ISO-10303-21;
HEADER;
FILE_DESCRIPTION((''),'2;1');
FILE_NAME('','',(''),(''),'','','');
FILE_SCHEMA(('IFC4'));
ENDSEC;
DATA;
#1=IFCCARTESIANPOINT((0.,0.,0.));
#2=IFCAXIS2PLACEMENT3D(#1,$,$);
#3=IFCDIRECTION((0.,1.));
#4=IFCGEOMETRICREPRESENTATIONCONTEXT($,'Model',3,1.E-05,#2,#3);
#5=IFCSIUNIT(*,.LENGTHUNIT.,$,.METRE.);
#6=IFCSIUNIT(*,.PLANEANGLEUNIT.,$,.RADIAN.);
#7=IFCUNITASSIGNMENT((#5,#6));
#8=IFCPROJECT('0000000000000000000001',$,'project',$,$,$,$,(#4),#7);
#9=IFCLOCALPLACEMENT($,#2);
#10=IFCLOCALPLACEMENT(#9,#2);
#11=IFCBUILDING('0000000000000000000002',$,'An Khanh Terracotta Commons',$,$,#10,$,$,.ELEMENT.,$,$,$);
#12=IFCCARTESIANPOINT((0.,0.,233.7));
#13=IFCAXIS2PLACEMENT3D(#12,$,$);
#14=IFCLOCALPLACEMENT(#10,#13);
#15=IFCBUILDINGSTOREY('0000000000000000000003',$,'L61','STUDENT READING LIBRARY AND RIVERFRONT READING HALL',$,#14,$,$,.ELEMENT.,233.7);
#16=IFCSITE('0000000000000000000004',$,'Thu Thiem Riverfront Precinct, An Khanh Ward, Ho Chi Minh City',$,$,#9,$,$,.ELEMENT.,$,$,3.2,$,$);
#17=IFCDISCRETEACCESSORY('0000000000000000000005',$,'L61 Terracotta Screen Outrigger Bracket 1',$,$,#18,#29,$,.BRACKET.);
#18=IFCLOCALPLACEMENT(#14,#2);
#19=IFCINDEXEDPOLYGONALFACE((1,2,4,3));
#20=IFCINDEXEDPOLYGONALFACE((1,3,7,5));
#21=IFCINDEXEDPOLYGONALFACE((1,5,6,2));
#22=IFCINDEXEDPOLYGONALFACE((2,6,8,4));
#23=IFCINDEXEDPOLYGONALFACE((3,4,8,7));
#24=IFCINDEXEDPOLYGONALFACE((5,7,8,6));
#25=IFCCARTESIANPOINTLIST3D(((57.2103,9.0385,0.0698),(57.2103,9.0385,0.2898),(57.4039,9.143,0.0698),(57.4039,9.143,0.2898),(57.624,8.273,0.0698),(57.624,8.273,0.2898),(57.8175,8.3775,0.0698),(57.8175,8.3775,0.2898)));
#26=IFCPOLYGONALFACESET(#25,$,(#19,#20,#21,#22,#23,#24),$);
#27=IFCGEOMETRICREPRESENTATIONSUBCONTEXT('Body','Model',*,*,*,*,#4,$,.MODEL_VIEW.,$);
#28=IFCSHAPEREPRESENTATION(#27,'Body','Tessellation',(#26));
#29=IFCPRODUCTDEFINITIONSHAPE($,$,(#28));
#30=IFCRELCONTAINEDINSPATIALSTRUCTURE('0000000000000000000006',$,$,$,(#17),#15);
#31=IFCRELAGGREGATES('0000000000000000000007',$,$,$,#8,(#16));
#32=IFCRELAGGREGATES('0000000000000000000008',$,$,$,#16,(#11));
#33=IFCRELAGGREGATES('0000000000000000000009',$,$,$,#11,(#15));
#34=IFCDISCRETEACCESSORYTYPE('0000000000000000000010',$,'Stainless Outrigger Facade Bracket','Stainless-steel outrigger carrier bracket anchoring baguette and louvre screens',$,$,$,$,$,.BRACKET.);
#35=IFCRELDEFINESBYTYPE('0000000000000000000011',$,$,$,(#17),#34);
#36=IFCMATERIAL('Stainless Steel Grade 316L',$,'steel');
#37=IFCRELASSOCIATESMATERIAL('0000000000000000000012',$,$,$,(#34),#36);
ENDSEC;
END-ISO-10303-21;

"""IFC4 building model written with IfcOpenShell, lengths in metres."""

from ifc_helpers import new_model, si_unit, direction, frame, origin, origin_2d, place, context, subcontext, project, spatial, rectangle, extrude, material, type_object, element, save


model = new_model("IFC4")

# Units and contexts
model_context = context("Model", 3, precision=1e-05, world=origin(), true_north=direction((0.0, 1.0)))
body_context = subcontext(model_context, "Body", "Model", "MODEL_VIEW")
ifc_project = project(units=[si_unit("LENGTHUNIT", "METRE"), si_unit("PLANEANGLEUNIT", "RADIAN")], contexts=[model_context])

# Site, building, storey
site_placement = place(None, origin())
site = spatial("IfcSite", under=ifc_project, at=site_placement, Name="Thu Thiem Riverfront Precinct, An Khanh Ward, Ho Chi Minh City", CompositionType="ELEMENT", RefElevation=3.2)
building_placement = place(site_placement, origin())
building = spatial("IfcBuilding", under=site, at=building_placement, Name="An Khanh Terracotta Commons", CompositionType="ELEMENT")
storey_placement = place(building_placement, frame((0.0, 0.0, 233.7)))
storey = spatial("IfcBuildingStorey", under=building, at=storey_placement, Name="L61", Description="STUDENT READING LIBRARY AND RIVERFRONT READING HALL", CompositionType="ELEMENT", Elevation=233.7)

# Discrete accessory
ifc_material_1 = material(Name="Stainless Steel Grade 316L", Category="steel")
discrete_accessory_type = type_object("IfcDiscreteAccessoryType", Name="Stainless Outrigger Facade Bracket", Description="Stainless-steel outrigger carrier bracket anchoring baguette and louvre screens", PredefinedType="BRACKET", material=ifc_material_1)
discrete_accessory_placement = place(storey_placement, frame((57.5139, 8.708, 0.0698), z_axis=(0.0, 0.0, 1.0), x_axis=(0.87978, 0.475381, 0.0)))
element("IfcDiscreteAccessory", 1, at=discrete_accessory_placement, inside=storey, type_object=discrete_accessory_type, Name="L61 Terracotta Screen Outrigger Bracket 1", PredefinedType="BRACKET", context=body_context, shape_type="SweptSolid", body=[
    extrude(rectangle(XDim=0.22, YDim=0.8701, at=origin_2d()), origin(), (0.0, 0.0, 1.0), 0.22),
])

save(model, "model.ifc")
